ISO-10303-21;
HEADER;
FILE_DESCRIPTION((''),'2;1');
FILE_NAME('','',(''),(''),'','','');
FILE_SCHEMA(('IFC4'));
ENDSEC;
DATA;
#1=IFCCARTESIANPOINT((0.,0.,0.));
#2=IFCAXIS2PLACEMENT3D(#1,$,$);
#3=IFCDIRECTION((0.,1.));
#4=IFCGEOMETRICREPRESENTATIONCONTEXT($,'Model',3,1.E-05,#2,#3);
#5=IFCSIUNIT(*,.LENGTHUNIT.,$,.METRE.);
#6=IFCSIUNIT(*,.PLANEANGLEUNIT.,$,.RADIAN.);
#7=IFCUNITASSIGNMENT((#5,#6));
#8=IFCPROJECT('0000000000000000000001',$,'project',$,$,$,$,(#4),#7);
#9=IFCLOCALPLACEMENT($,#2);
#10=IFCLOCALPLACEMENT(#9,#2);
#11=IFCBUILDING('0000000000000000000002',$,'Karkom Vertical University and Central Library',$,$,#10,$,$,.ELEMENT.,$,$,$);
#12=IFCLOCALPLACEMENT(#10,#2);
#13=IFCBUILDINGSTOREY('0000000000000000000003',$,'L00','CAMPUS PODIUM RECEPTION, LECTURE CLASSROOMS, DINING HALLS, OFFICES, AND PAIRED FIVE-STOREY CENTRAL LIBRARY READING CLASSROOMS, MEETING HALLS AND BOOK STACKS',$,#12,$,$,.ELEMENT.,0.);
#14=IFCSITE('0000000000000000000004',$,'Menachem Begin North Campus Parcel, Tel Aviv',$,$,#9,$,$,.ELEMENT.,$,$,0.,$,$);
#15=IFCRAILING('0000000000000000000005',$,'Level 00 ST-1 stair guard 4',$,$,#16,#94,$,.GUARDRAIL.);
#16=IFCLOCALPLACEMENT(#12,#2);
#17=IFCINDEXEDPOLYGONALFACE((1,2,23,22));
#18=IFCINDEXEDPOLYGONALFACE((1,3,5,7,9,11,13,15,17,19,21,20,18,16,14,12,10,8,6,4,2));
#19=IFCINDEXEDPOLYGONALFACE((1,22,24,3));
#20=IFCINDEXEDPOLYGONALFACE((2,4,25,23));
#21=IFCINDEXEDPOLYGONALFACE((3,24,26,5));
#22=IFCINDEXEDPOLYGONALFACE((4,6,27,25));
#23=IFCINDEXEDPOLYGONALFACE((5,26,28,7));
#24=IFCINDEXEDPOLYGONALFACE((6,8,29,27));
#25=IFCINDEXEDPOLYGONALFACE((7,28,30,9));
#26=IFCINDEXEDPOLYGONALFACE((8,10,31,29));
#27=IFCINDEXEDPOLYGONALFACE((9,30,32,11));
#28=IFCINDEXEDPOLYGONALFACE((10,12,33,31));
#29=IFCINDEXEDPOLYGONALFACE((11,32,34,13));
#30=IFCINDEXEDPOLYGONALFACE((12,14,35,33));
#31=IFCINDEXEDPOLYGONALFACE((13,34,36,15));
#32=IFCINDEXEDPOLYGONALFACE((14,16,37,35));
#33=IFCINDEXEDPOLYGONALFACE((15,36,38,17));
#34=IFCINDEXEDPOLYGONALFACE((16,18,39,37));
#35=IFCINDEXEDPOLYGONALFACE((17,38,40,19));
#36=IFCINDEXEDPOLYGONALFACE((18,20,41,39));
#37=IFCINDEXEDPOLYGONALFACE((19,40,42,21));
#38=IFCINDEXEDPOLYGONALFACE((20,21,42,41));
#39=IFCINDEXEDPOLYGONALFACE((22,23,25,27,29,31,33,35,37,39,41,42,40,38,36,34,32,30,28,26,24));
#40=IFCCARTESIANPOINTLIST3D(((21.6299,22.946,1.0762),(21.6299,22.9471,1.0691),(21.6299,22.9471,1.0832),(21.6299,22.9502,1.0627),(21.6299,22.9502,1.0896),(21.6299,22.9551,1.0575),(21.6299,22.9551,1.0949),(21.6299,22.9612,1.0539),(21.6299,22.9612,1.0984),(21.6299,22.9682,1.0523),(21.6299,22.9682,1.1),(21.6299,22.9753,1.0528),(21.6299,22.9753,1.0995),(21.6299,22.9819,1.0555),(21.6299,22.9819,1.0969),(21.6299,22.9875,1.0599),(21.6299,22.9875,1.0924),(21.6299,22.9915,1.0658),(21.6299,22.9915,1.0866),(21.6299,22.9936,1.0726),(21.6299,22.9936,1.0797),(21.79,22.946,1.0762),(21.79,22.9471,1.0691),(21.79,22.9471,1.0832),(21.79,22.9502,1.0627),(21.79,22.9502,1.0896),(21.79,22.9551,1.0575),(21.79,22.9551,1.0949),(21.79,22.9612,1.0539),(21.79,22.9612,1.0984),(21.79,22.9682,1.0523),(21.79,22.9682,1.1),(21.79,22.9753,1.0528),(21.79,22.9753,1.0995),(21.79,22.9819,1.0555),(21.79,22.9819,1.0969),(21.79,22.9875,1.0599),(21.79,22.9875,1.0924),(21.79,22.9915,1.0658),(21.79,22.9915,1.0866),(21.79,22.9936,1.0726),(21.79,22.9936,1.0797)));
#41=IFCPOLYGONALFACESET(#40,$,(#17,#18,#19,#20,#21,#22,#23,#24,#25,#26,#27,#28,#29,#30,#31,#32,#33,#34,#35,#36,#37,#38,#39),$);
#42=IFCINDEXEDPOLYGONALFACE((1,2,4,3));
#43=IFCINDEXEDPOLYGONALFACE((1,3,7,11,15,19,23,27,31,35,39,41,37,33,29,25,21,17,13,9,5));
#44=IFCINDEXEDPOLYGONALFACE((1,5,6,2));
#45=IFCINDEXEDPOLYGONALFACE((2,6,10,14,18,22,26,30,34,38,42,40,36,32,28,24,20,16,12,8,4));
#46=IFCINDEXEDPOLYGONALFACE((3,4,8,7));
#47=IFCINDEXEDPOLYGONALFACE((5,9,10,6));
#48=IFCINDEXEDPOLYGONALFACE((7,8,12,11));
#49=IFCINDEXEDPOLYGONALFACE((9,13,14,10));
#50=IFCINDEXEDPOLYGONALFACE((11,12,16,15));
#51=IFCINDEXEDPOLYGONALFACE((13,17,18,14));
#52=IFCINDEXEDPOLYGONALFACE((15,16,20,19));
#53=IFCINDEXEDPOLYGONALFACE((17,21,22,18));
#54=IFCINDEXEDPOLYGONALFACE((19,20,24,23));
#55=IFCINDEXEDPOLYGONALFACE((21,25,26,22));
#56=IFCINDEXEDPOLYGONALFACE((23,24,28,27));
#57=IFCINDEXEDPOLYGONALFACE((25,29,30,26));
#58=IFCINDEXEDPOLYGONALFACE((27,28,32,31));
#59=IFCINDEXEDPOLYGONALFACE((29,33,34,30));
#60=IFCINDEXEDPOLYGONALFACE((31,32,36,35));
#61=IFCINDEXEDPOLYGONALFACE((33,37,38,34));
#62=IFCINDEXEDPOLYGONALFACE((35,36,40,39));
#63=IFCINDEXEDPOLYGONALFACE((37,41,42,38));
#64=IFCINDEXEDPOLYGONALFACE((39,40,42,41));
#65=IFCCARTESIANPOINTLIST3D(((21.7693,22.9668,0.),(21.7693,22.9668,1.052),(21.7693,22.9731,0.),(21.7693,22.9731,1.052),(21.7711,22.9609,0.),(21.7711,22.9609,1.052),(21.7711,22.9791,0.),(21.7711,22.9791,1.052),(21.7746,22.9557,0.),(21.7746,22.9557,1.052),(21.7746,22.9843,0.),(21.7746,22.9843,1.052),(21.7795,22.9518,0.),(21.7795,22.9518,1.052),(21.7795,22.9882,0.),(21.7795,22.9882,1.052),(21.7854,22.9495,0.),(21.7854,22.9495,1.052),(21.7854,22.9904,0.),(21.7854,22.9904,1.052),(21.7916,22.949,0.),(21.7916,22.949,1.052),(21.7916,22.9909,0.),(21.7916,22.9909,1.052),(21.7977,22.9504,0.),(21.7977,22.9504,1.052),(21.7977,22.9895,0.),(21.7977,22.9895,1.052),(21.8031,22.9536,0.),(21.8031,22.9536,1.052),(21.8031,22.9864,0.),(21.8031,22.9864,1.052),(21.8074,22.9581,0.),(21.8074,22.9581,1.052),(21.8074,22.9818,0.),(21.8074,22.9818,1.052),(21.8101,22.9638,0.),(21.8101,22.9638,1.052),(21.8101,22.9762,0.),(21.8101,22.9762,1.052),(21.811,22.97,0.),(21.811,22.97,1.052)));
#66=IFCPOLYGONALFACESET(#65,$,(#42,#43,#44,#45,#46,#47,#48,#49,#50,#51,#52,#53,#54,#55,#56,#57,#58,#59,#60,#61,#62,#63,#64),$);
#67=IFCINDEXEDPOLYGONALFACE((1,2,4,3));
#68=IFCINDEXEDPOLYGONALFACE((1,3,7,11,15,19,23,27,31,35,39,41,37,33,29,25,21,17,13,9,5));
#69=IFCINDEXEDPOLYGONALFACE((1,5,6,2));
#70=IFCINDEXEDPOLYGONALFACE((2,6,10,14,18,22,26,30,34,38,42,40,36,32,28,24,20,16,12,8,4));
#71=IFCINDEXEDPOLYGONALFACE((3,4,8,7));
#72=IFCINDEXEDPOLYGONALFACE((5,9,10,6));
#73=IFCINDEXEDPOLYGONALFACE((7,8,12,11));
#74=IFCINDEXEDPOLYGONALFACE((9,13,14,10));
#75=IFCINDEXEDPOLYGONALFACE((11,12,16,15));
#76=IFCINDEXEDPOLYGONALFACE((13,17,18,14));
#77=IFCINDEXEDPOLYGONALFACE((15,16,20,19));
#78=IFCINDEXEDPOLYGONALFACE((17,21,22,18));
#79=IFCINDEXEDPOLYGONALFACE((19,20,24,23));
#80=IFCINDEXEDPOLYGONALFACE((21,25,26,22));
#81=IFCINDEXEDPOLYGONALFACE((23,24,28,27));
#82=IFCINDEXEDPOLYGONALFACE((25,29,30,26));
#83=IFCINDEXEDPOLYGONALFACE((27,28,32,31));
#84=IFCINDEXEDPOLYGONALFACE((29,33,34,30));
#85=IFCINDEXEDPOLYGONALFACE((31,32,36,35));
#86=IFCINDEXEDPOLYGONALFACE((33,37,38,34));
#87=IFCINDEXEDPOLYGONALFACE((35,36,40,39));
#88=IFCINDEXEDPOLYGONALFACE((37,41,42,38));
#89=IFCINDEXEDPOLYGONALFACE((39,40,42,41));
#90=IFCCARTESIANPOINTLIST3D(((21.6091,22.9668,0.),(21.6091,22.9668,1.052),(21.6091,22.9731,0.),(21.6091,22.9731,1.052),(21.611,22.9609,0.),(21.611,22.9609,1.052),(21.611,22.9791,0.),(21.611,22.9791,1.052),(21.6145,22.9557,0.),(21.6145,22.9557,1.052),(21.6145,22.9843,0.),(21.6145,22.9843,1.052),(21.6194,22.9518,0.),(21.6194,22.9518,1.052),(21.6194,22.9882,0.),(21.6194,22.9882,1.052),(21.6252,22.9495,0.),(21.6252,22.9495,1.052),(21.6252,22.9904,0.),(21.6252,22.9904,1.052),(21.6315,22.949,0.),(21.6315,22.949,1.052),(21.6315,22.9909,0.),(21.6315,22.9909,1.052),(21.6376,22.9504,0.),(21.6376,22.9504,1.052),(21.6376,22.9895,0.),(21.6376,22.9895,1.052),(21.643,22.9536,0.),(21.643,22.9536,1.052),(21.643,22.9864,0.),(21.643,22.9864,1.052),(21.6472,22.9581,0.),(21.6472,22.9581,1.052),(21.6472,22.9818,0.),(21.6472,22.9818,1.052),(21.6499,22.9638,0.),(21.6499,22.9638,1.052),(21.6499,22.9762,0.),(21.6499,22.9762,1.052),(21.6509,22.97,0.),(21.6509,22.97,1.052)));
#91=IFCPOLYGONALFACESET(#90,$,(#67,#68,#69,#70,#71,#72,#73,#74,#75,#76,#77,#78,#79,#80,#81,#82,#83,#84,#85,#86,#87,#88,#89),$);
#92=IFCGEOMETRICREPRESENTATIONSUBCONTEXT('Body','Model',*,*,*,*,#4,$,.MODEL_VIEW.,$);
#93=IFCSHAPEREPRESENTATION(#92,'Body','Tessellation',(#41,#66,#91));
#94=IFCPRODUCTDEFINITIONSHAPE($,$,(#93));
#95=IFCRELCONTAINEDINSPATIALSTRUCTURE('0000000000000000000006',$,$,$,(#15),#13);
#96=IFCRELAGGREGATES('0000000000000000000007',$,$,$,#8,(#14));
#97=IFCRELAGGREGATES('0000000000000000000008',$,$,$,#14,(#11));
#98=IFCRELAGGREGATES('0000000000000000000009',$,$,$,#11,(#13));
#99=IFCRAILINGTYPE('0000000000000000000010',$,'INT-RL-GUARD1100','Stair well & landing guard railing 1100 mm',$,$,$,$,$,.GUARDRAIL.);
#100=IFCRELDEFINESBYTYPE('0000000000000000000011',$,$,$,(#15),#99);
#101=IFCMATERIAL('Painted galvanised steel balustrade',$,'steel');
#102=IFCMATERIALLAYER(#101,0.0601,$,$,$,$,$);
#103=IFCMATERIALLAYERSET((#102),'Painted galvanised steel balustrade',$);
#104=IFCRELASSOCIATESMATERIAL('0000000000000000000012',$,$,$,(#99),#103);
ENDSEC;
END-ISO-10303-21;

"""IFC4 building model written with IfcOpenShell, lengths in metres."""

from ifc_helpers import new_model, si_unit, direction, frame, origin, origin_2d, place, context, subcontext, project, spatial, circle, extrude, material, layer, layer_set, type_object, element, save


model = new_model("IFC4")

# Units and contexts
model_context = context("Model", 3, precision=1e-05, world=origin(), true_north=direction((0.0, 1.0)))
body_context = subcontext(model_context, "Body", "Model", "MODEL_VIEW")
ifc_project = project(units=[si_unit("LENGTHUNIT", "METRE"), si_unit("PLANEANGLEUNIT", "RADIAN")], contexts=[model_context])

# Site, building, storey
site_placement = place(None, origin())
site = spatial("IfcSite", under=ifc_project, at=site_placement, Name="Menachem Begin North Campus Parcel, Tel Aviv", CompositionType="ELEMENT", RefElevation=0.0)
building_placement = place(site_placement, origin())
building = spatial("IfcBuilding", under=site, at=building_placement, Name="Karkom Vertical University and Central Library", CompositionType="ELEMENT")
storey_placement = place(building_placement, origin())
storey = spatial("IfcBuildingStorey", under=building, at=storey_placement, Name="L00", Description="CAMPUS PODIUM RECEPTION, LECTURE CLASSROOMS, DINING HALLS, OFFICES, AND PAIRED FIVE-STOREY CENTRAL LIBRARY READING CLASSROOMS, MEETING HALLS AND BOOK STACKS", CompositionType="ELEMENT", Elevation=0.0)

# Railing
ifc_material_1 = material(Name="Painted galvanised steel balustrade", Category="steel")
ifc_layer_1 = layer(ifc_material_1, 0.0601)
ifc_layer_set_1 = layer_set([ifc_layer_1], Name="Painted galvanised steel balustrade")
railing_type_1 = type_object("IfcRailingType", Name="INT-RL-GUARD1100", Description="Stair well & landing guard railing 1100 mm", PredefinedType="GUARDRAIL", material=ifc_layer_set_1)
railing_1_placement = place(storey_placement, frame((21.79, 22.97, 0.0)))
element("IfcRailing", 1, at=railing_1_placement, inside=storey, type_object=railing_type_1, Name="Level 00 ST-1 stair guard 4", PredefinedType="GUARDRAIL", context=body_context, shape_type="SweptSolid", body=[
    extrude(circle(Radius=0.0239, at=origin_2d()), frame((0.0, 0.0, 1.0762), z_axis=(-1.0, 0.0, 0.0), x_axis=(0.0, -1.0, 0.0)), (0.0, 0.0, 1.0), 0.1602),
    extrude(circle(Radius=0.021, at=origin_2d()), origin(), (0.0, 0.0, 1.0), 1.052),
    extrude(circle(Radius=0.021, at=origin_2d()), frame((-0.1602, 0.0, 0.0)), (0.0, 0.0, 1.0), 1.052),
])

save(model, "model.ifc")
